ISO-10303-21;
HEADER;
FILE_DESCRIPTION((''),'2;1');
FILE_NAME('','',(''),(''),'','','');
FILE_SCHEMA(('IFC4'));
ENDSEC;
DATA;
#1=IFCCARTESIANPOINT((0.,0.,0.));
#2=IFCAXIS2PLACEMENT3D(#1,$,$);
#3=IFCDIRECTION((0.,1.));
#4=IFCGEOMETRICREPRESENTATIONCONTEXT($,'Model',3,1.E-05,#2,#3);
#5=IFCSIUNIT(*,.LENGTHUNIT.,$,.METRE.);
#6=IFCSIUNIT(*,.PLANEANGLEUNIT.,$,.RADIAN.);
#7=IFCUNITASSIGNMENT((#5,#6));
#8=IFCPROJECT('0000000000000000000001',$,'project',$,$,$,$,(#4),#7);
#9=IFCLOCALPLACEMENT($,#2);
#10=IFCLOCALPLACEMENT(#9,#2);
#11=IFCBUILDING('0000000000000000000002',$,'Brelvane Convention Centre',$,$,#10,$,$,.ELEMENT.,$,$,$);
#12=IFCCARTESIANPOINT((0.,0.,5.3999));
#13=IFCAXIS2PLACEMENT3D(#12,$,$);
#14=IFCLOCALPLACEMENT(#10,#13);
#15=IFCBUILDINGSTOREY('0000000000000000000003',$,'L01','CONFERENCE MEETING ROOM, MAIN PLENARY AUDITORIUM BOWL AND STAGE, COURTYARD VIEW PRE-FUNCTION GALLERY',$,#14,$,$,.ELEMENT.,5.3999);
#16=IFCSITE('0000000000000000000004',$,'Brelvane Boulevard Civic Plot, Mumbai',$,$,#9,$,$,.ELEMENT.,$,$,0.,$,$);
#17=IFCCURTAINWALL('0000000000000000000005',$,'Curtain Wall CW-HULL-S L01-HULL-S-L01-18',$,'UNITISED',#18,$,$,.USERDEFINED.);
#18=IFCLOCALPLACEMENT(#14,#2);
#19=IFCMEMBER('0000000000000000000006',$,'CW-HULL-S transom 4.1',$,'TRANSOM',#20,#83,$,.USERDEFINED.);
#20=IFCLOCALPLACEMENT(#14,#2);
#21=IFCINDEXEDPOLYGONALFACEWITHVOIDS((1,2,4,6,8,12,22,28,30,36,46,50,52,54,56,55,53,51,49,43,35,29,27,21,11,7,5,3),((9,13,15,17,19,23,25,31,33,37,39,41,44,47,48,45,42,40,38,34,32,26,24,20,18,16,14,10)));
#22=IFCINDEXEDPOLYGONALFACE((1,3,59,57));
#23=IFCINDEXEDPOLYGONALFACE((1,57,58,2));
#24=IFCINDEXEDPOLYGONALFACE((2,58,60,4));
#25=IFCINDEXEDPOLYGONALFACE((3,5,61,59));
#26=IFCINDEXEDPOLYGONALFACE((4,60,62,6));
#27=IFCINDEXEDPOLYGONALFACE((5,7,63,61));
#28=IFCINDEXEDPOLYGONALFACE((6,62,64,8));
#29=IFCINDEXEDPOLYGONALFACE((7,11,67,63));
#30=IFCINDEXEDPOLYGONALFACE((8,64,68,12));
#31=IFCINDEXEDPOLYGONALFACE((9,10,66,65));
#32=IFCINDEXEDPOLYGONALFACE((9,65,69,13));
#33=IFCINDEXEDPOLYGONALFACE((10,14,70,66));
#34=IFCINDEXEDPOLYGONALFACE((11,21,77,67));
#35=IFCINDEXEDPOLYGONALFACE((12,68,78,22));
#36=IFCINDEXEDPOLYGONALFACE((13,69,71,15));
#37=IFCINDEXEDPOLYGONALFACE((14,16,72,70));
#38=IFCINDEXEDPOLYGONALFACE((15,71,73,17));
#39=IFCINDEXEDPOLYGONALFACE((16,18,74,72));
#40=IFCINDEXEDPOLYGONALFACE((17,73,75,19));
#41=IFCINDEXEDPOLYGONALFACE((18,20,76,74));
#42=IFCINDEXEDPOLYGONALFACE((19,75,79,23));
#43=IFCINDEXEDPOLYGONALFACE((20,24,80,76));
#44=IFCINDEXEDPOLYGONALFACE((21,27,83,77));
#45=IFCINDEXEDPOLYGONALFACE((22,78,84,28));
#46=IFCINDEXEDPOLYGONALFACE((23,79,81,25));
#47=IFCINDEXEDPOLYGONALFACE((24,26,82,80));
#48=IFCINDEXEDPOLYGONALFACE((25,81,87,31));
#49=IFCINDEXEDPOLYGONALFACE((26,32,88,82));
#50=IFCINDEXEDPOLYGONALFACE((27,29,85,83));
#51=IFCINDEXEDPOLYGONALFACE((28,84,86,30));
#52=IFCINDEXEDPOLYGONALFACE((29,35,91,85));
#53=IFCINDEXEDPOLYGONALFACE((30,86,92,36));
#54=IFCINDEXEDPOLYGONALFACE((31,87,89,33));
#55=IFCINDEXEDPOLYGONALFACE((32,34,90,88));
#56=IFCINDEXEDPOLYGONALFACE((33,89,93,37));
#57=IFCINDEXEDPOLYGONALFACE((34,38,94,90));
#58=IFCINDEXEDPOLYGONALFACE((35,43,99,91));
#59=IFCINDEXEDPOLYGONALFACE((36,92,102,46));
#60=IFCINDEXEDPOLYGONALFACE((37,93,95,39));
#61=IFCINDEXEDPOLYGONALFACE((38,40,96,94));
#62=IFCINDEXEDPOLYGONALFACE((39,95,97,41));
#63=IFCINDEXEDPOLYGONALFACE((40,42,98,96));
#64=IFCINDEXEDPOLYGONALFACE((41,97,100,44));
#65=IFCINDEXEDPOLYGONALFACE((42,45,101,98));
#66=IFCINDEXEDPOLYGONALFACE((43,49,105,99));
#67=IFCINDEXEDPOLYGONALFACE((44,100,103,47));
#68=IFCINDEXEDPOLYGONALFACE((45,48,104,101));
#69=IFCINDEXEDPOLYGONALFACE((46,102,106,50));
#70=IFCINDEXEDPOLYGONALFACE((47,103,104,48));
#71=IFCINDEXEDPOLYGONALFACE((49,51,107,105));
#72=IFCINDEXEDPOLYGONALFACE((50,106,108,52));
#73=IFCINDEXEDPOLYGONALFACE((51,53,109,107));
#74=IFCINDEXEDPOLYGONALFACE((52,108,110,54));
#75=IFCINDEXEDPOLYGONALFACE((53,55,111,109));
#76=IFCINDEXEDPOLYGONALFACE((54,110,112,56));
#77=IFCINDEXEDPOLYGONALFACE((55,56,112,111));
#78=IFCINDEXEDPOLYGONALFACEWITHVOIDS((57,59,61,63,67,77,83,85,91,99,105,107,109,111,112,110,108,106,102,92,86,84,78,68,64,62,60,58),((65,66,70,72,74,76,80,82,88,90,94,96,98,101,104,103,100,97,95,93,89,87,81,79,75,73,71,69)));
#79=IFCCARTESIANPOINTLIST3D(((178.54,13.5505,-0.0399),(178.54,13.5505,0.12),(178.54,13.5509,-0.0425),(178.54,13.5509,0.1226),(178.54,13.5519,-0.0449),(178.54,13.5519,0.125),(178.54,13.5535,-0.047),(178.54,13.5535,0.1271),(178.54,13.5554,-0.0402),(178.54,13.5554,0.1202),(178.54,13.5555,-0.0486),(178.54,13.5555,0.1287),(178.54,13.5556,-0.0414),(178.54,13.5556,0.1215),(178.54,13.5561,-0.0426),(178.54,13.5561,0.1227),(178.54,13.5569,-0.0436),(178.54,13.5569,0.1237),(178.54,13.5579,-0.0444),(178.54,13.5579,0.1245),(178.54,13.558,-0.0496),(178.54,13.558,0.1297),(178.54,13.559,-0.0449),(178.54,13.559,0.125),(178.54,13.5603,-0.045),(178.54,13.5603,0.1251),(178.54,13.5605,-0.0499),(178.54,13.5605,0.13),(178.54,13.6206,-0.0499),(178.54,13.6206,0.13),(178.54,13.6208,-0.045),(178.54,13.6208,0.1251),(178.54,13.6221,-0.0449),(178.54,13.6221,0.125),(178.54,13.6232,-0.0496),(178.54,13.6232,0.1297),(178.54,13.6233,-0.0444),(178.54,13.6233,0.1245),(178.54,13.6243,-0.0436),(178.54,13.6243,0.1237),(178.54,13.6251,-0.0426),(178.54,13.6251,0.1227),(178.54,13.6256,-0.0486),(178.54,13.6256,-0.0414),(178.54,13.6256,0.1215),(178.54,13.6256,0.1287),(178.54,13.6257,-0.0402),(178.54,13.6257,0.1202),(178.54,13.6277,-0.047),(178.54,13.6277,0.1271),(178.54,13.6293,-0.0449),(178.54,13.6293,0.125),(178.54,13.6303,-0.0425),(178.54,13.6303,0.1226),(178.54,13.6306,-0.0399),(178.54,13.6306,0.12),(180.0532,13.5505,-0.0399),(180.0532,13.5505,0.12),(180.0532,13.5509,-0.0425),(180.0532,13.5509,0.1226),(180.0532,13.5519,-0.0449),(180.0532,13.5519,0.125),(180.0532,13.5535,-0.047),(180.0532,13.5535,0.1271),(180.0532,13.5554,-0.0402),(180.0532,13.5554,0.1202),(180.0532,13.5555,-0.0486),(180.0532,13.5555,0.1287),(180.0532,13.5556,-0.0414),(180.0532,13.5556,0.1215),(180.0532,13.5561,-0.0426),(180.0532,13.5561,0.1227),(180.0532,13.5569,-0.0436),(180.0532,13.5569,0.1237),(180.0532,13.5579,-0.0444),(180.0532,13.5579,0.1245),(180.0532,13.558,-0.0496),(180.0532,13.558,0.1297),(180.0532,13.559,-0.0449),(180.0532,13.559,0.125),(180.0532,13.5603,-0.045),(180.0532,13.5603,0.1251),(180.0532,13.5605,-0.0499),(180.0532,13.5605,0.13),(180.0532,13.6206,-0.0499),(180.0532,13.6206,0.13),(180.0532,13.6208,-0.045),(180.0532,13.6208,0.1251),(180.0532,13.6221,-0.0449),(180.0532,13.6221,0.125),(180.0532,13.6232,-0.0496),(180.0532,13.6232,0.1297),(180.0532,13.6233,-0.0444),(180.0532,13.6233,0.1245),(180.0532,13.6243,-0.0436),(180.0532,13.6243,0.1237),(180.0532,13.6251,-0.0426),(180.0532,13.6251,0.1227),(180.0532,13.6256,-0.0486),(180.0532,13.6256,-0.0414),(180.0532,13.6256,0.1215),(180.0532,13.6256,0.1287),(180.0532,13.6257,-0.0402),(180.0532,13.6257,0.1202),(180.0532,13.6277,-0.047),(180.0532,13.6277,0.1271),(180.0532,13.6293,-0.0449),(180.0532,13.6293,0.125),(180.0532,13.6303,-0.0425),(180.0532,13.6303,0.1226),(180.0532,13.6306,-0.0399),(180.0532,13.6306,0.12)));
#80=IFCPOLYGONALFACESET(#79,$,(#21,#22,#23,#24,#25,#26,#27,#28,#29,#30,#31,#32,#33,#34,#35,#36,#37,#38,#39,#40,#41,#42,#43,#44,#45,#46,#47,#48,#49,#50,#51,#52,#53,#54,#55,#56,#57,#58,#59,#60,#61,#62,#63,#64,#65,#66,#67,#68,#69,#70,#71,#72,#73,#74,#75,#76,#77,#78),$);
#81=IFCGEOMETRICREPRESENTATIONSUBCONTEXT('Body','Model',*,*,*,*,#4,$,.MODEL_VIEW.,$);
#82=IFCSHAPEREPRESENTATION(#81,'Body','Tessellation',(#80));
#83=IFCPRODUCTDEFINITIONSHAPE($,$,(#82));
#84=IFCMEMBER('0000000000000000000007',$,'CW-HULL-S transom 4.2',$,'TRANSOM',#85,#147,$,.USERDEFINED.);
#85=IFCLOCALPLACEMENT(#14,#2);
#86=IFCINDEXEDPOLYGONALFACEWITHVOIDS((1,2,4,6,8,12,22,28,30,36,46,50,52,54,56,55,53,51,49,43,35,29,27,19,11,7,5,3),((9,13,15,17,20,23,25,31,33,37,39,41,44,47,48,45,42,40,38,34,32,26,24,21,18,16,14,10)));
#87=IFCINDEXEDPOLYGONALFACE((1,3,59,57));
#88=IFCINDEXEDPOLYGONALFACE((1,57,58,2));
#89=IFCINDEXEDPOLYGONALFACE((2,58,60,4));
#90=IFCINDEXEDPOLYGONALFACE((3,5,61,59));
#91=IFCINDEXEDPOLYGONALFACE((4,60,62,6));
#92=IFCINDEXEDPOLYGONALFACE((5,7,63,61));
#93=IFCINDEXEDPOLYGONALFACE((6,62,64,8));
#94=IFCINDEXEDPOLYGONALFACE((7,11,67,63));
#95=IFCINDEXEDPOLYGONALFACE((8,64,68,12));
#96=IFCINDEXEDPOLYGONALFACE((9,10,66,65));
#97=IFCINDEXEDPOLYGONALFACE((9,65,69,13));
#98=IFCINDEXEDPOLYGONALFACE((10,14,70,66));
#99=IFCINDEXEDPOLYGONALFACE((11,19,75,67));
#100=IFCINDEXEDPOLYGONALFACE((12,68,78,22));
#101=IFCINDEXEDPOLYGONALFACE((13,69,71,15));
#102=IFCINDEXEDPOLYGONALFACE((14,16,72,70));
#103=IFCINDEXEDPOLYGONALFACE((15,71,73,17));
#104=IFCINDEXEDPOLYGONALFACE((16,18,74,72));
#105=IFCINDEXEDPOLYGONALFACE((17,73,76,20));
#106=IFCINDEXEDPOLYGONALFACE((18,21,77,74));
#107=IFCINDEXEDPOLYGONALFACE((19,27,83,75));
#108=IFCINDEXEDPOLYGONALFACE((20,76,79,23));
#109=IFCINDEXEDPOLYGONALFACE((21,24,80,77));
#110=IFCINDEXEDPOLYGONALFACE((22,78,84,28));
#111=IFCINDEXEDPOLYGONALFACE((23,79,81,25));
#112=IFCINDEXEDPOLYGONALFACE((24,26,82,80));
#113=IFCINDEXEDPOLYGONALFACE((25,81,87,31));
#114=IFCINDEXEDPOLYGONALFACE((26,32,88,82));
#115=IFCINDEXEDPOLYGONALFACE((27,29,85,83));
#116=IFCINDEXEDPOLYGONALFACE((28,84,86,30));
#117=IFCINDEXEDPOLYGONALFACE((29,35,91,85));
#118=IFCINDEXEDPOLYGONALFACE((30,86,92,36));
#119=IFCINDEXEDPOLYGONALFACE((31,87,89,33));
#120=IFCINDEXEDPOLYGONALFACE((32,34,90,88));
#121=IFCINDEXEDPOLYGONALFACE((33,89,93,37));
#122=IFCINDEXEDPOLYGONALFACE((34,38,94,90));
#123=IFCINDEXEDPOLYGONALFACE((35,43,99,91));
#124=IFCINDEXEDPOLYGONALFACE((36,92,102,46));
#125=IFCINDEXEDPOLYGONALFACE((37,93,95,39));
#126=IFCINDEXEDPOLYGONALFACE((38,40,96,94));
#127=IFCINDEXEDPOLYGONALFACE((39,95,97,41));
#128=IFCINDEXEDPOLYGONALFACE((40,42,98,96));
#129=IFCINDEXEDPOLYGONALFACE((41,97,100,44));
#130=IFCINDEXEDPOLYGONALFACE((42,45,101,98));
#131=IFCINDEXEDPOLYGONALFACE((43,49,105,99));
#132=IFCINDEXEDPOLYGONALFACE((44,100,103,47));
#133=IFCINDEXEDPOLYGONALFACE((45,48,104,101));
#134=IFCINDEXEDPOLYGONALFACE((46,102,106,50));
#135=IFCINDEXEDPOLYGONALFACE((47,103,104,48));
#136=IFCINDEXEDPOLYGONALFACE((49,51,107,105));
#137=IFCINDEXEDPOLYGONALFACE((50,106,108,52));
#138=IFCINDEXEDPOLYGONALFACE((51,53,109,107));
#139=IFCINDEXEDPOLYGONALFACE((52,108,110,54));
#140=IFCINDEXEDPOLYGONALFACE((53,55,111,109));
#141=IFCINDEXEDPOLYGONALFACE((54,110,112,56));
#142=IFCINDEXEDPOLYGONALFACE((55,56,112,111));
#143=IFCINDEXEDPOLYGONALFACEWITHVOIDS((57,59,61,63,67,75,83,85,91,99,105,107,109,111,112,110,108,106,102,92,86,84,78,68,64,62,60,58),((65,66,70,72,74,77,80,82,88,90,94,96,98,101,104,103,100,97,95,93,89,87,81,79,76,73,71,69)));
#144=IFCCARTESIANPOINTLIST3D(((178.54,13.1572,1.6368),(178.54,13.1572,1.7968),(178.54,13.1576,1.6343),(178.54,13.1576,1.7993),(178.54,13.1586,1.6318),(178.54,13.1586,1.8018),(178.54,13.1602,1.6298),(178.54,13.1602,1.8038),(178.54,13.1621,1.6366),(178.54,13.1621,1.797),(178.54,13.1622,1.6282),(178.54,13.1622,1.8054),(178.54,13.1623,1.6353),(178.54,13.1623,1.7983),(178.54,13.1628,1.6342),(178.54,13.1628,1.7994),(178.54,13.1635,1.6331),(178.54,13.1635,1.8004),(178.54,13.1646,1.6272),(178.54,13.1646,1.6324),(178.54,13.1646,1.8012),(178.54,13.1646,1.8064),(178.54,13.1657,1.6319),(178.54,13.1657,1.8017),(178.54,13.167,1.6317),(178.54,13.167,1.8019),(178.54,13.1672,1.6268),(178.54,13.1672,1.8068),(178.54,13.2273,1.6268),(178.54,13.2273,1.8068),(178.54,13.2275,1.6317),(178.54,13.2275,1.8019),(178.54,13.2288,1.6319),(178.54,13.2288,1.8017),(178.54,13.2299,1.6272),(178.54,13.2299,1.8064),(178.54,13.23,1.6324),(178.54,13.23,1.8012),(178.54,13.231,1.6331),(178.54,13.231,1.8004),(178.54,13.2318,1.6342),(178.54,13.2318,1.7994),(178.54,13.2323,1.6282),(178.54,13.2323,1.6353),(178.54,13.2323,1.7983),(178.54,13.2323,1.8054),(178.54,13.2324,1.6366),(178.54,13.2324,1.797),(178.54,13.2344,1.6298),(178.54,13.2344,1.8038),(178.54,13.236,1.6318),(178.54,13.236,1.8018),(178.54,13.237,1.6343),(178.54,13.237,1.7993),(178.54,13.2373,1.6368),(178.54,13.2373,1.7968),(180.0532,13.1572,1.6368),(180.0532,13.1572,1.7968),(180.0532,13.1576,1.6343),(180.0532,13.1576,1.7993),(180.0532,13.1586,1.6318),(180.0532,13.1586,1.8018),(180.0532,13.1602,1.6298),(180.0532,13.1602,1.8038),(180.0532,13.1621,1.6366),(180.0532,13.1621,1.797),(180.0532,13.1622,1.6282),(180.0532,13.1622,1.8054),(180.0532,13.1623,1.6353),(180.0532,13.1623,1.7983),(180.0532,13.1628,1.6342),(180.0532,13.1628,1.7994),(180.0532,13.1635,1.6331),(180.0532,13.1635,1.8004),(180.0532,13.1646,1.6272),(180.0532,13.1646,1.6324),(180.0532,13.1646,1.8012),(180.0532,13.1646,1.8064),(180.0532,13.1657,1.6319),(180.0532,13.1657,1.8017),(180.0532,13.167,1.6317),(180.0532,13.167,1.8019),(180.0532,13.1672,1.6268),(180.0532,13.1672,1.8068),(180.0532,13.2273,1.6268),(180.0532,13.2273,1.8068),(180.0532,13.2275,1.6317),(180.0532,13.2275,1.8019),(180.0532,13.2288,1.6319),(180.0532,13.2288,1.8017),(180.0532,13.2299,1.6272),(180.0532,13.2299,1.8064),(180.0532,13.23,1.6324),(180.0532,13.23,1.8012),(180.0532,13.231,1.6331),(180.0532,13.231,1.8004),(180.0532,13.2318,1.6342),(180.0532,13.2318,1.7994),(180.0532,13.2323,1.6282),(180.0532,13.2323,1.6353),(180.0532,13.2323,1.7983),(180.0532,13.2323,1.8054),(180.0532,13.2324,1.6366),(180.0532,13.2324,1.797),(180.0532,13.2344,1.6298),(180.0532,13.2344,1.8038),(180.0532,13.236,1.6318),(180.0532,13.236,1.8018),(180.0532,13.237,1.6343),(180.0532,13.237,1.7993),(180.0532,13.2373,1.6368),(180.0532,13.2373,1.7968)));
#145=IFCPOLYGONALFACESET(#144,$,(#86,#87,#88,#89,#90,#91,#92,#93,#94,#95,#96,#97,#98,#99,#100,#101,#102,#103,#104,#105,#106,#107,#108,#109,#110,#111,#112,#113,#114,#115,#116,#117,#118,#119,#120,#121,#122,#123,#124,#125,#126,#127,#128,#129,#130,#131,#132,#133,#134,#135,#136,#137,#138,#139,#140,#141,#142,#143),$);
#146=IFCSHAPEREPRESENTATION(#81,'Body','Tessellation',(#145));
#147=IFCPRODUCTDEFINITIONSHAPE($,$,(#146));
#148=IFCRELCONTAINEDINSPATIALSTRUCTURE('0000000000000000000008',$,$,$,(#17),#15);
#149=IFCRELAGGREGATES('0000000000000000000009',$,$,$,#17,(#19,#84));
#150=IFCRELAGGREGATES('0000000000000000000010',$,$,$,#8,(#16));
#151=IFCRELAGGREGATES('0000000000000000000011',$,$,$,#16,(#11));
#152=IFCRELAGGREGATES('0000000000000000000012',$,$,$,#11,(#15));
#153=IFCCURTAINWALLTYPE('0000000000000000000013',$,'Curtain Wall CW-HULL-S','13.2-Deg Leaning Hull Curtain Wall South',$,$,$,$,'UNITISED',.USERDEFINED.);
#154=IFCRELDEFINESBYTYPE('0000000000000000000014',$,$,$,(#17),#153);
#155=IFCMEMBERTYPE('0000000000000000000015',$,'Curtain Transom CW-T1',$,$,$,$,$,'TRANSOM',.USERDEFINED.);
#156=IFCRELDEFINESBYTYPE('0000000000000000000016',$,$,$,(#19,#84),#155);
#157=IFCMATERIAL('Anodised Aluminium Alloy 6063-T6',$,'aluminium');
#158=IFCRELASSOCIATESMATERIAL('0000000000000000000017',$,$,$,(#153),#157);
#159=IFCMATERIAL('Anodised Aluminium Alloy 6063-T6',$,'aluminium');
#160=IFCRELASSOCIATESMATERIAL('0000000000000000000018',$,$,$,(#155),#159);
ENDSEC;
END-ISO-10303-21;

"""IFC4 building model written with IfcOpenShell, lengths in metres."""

from ifc_helpers import new_model, si_unit, direction, frame, origin, origin_2d, place, context, subcontext, project, spatial, hollow_rectangle, extrude, material, material_profile, profile_set, type_object, element, aggregate, save


model = new_model("IFC4")

# Units and contexts
model_context = context("Model", 3, precision=1e-05, world=origin(), true_north=direction((0.0, 1.0)))
body_context = subcontext(model_context, "Body", "Model", "MODEL_VIEW")
ifc_project = project(units=[si_unit("LENGTHUNIT", "METRE"), si_unit("PLANEANGLEUNIT", "RADIAN")], contexts=[model_context])

# Site, building, storey
site_placement = place(None, origin())
site = spatial("IfcSite", under=ifc_project, at=site_placement, Name="Brelvane Boulevard Civic Plot, Mumbai", CompositionType="ELEMENT", RefElevation=0.0)
building_placement = place(site_placement, origin())
building = spatial("IfcBuilding", under=site, at=building_placement, Name="Brelvane Convention Centre", CompositionType="ELEMENT")
storey_placement = place(building_placement, frame((0.0, 0.0, 5.3999)))
storey = spatial("IfcBuildingStorey", under=building, at=storey_placement, Name="L01", Description="CONFERENCE MEETING ROOM, MAIN PLENARY AUDITORIUM BOWL AND STAGE, COURTYARD VIEW PRE-FUNCTION GALLERY", CompositionType="ELEMENT", Elevation=5.3999)

# Curtain wall, members
ifc_material_1 = material(Name="Anodised Aluminium Alloy 6063-T6", Category="aluminium")
curtain_wall_type = type_object("IfcCurtainWallType", Name="Curtain Wall CW-HULL-S", Description="13.2-Deg Leaning Hull Curtain Wall South", ElementType="UNITISED", PredefinedType="USERDEFINED", material=ifc_material_1)
curtain_wall_1_placement = place(storey_placement, origin())
curtain_wall_1 = element("IfcCurtainWall", 1, at=curtain_wall_1_placement, inside=storey, type_object=curtain_wall_type, Name="Curtain Wall CW-HULL-S L01-HULL-S-L01-18", ObjectType="UNITISED", PredefinedType="USERDEFINED")
ifc_material_2 = material(Name="Anodised Aluminium Alloy 6063-T6", Category="aluminium")
ifc_material_profile = material_profile(ifc_material_2, hollow_rectangle(XDim=0.0801, YDim=0.1799, WallThickness=0.0049, InnerFilletRadius=0.0049, OuterFilletRadius=0.01, at=origin_2d()), Name="ALU-T 180x80x5.0")
ifc_profile_set = profile_set([ifc_material_profile], Name="Anodised Aluminium Alloy 6063-T6")
member_type = type_object("IfcMemberType", Name="Curtain Transom CW-T1", ElementType="TRANSOM", PredefinedType="USERDEFINED", material=ifc_profile_set)
member_1_placement = place(storey_placement, frame((178.54, 13.5906, 0.04), z_axis=(1.0, 0.0, 0.0), x_axis=(0.0, 1.0, 0.0)))
member_1 = element("IfcMember", 2, at=member_1_placement, type_object=member_type, Name="CW-HULL-S transom 4.1", ObjectType="TRANSOM", PredefinedType="USERDEFINED", context=body_context, shape_type="SweptSolid", body=[
    extrude(hollow_rectangle(XDim=0.0801, YDim=0.1799, WallThickness=0.0049, InnerFilletRadius=0.0049, OuterFilletRadius=0.01, at=origin_2d()), origin(), (0.0, 0.0, 1.0), 1.5132),
])
member_2_placement = place(storey_placement, frame((178.54, 13.1973, 1.7168), z_axis=(1.0, 0.0, 0.0), x_axis=(0.0, 1.0, 0.0)))
member_2 = element("IfcMember", 3, at=member_2_placement, type_object=member_type, Name="CW-HULL-S transom 4.2", ObjectType="TRANSOM", PredefinedType="USERDEFINED", context=body_context, shape_type="SweptSolid", body=[
    extrude(hollow_rectangle(XDim=0.0801, YDim=0.1799, WallThickness=0.0049, InnerFilletRadius=0.0049, OuterFilletRadius=0.01, at=origin_2d()), origin(), (0.0, 0.0, 1.0), 1.5132),
])

aggregate(curtain_wall_1, [member_1, member_2])

save(model, "model.ifc")
